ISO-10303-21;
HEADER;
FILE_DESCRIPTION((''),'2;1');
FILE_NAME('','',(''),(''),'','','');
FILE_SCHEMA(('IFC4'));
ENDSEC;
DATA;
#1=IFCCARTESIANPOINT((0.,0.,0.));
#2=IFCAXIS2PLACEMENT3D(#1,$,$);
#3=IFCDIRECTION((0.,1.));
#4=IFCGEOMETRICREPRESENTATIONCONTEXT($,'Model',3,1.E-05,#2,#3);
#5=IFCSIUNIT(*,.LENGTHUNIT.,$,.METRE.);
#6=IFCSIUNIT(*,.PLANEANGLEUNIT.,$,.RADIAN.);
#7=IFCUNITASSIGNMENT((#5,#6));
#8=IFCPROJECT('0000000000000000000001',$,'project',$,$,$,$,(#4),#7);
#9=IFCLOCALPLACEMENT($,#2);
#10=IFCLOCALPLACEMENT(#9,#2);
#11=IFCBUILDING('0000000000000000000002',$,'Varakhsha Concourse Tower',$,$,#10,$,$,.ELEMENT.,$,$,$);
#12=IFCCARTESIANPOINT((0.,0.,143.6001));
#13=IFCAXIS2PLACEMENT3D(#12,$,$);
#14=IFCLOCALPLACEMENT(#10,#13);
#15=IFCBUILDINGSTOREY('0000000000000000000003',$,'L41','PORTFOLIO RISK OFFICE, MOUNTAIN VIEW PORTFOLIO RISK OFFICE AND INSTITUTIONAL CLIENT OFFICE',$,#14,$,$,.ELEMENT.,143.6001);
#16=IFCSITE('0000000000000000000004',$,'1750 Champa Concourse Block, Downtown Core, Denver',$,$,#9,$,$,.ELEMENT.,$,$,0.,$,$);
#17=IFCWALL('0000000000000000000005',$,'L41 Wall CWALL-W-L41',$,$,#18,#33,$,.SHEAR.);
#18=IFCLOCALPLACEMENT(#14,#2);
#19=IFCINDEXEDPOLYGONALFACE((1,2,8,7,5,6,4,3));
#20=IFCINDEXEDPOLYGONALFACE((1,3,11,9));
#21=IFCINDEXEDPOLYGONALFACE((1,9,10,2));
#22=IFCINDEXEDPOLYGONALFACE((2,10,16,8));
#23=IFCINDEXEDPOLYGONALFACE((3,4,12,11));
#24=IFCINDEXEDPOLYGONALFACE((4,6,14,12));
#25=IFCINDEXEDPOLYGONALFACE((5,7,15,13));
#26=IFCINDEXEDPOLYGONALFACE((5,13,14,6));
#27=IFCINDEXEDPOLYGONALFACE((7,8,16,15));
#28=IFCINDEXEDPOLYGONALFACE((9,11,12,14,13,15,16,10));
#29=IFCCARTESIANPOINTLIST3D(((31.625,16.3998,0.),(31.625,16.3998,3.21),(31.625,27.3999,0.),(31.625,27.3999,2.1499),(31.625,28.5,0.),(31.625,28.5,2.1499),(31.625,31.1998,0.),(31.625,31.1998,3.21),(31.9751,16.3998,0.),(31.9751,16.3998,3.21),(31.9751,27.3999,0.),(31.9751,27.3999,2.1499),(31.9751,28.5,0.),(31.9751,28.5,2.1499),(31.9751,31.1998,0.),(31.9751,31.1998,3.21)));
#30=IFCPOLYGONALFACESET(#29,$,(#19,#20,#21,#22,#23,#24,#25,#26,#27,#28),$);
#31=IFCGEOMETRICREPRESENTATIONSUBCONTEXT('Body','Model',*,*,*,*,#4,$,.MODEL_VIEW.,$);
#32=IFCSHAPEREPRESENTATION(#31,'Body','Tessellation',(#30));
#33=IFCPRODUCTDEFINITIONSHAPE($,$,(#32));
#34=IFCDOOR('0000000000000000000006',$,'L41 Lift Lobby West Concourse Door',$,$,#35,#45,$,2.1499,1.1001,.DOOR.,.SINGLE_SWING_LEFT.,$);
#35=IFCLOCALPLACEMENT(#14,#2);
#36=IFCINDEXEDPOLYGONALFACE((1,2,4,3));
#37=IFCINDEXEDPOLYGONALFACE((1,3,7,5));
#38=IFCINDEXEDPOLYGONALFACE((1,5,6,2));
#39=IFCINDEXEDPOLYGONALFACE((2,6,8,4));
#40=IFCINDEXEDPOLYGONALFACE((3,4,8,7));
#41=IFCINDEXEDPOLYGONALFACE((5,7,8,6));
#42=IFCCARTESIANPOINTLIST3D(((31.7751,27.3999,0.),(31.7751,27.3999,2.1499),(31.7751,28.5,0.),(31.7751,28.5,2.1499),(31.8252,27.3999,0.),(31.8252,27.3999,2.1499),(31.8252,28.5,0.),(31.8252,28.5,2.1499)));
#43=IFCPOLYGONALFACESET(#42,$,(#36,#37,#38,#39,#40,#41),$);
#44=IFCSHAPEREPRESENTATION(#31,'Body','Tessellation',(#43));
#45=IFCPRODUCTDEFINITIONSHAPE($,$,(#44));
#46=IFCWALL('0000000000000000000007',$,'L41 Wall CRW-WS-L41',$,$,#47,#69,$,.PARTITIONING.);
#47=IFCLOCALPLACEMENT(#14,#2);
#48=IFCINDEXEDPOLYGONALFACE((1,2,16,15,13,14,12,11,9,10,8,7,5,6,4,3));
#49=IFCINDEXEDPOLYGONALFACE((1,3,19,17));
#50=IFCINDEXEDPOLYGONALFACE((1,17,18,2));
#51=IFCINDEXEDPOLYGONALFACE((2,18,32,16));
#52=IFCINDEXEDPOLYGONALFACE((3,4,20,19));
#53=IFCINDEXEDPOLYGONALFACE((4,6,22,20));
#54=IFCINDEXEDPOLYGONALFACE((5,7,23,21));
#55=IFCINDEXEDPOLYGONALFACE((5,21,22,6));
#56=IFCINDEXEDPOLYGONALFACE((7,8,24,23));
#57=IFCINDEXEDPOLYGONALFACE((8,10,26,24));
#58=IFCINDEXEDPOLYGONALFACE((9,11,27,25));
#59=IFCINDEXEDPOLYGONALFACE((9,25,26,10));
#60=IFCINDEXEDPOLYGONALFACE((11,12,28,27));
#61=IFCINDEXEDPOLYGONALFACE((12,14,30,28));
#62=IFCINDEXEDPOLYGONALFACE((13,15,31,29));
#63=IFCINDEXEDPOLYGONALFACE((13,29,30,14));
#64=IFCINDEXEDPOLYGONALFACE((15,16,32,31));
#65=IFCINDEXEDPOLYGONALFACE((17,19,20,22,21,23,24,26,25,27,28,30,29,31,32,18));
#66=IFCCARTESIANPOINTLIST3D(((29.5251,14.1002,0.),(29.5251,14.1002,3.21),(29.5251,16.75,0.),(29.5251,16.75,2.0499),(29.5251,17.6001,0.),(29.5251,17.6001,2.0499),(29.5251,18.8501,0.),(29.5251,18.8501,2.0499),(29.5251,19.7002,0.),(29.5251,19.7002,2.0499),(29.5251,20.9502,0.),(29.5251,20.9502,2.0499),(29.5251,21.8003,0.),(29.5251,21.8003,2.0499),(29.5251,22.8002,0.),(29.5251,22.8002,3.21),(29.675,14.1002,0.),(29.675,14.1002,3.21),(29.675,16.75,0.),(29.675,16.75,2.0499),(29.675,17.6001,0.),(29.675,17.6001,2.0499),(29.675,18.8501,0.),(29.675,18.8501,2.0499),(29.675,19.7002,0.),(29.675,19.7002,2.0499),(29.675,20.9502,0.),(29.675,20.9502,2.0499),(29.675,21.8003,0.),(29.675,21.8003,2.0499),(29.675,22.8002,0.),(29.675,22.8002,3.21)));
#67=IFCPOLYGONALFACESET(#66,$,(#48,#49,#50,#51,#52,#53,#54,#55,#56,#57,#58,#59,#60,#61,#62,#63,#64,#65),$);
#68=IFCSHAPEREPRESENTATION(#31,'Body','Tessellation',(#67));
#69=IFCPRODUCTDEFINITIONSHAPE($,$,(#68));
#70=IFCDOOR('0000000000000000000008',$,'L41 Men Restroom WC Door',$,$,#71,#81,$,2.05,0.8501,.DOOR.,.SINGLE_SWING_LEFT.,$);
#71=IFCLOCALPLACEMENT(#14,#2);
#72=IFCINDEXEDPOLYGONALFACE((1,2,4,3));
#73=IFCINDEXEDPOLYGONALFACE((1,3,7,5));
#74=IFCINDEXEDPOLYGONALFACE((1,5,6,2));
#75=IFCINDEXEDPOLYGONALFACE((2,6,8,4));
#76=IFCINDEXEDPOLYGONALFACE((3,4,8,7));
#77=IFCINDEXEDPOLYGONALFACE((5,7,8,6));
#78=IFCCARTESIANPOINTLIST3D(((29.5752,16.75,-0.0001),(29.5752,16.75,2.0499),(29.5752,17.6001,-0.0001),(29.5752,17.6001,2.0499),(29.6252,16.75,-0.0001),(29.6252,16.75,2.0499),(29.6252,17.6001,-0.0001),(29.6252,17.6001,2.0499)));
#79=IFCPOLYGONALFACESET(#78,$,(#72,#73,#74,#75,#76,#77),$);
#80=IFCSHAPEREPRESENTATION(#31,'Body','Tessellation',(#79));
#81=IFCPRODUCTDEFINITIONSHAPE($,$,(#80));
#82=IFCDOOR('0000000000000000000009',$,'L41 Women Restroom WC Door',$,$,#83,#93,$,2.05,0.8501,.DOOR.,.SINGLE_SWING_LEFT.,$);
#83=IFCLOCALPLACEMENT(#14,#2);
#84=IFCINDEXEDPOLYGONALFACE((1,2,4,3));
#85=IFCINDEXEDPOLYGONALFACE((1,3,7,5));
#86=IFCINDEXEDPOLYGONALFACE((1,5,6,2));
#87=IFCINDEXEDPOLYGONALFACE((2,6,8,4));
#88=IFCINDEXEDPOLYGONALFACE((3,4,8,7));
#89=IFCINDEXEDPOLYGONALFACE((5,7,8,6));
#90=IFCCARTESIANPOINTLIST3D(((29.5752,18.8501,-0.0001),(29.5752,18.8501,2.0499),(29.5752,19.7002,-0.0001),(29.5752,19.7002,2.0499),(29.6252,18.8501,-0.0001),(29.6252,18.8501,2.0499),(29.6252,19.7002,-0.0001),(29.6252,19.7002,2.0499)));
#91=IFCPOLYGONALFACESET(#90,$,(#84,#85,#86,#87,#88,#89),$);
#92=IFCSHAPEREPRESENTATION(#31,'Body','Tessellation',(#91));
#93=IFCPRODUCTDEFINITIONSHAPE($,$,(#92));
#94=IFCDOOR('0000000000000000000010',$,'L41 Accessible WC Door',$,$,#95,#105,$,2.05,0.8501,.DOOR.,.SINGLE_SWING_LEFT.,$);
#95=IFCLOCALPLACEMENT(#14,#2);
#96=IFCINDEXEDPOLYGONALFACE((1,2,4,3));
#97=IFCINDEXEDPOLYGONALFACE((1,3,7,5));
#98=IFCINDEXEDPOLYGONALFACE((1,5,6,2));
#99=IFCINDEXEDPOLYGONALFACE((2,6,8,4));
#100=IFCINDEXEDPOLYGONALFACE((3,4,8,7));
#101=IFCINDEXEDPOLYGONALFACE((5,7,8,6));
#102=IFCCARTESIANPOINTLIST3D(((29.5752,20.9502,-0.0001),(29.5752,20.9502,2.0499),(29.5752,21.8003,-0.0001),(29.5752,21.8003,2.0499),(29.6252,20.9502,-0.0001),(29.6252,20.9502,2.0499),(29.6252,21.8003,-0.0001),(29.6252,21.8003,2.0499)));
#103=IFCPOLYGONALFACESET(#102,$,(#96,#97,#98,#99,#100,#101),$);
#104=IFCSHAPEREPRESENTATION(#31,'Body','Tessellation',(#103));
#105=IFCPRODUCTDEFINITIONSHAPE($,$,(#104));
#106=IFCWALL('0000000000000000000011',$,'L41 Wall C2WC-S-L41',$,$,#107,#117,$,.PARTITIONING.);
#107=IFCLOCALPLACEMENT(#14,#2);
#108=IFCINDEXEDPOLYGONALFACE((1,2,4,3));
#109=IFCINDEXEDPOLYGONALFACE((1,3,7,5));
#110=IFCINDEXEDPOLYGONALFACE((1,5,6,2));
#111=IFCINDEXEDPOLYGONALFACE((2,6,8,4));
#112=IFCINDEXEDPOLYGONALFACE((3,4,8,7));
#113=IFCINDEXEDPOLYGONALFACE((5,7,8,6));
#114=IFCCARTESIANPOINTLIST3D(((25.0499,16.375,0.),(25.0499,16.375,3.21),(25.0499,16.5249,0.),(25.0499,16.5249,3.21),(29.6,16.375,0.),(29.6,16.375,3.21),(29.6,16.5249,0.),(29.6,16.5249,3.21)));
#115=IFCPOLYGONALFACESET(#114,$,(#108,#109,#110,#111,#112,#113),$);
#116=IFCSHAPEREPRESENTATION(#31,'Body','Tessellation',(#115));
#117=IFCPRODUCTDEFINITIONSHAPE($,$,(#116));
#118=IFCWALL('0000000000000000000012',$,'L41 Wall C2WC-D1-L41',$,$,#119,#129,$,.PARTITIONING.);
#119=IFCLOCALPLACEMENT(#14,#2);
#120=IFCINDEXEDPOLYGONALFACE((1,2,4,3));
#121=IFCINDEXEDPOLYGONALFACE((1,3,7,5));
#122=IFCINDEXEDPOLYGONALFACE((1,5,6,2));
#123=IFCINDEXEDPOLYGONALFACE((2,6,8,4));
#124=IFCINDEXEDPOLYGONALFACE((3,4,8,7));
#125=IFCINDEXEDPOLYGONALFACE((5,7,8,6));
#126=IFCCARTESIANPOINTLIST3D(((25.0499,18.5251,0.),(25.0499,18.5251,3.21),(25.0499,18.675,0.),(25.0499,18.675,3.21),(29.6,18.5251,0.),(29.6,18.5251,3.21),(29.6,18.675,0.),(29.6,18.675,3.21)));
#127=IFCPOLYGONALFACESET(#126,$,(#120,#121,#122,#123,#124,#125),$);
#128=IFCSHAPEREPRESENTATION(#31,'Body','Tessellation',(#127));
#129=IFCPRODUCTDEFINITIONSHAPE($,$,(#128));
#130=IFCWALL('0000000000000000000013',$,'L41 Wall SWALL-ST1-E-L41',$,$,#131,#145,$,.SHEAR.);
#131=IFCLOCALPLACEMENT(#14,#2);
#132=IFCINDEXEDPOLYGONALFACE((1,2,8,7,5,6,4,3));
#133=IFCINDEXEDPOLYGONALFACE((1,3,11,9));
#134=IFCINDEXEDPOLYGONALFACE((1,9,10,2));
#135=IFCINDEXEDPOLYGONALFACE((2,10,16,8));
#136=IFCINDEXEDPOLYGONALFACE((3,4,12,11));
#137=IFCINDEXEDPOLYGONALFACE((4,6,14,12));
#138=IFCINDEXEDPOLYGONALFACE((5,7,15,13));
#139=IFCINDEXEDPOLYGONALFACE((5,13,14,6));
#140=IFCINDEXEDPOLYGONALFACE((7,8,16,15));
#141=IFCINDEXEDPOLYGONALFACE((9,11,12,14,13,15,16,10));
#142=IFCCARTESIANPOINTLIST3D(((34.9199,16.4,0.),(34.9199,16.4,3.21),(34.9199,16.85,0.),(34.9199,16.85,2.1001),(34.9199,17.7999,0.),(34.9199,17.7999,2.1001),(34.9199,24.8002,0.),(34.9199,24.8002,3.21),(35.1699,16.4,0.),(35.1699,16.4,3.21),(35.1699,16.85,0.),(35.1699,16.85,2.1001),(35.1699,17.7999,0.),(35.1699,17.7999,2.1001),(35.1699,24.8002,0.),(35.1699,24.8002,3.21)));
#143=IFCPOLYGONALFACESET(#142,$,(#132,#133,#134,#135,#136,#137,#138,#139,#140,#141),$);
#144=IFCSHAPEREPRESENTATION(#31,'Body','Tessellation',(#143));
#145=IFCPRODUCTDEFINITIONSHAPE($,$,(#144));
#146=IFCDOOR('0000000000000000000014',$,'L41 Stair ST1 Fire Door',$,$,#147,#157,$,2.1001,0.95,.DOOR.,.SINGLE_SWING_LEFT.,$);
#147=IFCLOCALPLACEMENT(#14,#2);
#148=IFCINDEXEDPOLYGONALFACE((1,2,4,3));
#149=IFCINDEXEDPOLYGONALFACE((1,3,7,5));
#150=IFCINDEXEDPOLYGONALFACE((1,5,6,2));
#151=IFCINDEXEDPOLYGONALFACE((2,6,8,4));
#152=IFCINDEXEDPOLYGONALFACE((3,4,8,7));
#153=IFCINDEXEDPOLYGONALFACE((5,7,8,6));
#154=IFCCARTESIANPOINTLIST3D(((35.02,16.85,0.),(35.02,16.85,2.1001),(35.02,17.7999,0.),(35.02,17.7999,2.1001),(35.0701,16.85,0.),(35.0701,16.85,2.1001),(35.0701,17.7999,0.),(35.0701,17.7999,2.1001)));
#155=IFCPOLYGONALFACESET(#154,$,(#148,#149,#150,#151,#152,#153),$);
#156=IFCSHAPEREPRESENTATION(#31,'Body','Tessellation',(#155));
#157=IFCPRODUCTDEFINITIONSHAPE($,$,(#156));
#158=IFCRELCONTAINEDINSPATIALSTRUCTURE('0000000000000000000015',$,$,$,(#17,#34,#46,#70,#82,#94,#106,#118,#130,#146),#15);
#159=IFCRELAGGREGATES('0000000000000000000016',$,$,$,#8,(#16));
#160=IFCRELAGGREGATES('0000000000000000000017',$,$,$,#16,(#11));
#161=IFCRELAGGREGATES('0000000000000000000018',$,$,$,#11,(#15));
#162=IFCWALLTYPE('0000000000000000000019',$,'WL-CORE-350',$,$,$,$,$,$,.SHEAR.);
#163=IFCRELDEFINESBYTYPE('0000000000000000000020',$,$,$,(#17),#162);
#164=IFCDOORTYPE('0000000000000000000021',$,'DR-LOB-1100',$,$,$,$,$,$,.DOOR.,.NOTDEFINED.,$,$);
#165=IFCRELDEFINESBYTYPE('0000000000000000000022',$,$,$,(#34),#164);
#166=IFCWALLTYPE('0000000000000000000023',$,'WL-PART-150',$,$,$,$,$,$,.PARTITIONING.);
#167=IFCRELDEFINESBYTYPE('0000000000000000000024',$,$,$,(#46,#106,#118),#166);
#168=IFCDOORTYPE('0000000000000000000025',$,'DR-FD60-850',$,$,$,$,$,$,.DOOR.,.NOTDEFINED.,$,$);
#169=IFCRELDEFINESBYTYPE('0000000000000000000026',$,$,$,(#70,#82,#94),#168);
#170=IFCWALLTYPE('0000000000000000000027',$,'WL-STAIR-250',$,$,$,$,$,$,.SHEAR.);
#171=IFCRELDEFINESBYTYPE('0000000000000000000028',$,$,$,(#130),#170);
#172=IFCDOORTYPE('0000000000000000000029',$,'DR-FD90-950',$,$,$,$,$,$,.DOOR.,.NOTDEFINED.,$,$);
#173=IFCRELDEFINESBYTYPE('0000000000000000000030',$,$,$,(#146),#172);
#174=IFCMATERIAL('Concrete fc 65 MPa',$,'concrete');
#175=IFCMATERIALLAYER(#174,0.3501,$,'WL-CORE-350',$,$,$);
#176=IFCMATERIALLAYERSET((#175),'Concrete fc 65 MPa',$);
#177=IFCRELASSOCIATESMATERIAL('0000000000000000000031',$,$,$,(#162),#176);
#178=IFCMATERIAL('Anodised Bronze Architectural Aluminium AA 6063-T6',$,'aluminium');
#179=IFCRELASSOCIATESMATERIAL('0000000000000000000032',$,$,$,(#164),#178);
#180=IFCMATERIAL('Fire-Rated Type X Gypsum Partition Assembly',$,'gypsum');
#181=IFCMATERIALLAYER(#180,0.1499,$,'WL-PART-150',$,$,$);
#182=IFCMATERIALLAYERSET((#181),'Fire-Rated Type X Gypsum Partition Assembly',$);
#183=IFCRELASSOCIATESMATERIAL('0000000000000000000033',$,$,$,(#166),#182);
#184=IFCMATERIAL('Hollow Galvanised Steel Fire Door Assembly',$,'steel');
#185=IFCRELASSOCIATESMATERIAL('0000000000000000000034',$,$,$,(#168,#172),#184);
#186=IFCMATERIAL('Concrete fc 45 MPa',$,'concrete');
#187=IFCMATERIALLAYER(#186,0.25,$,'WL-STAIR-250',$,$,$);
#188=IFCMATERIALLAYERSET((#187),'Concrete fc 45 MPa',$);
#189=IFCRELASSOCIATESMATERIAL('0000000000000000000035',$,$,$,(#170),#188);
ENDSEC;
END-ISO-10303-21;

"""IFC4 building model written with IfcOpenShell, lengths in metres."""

from ifc_helpers import new_model, si_unit, direction, frame, frame_2d, origin, place, context, subcontext, project, spatial, rectangle, extrude, material, layer, layer_set, type_object, element, fill, save


model = new_model("IFC4")

# Units and contexts
model_context = context("Model", 3, precision=1e-05, world=origin(), true_north=direction((0.0, 1.0)))
body_context = subcontext(model_context, "Body", "Model", "MODEL_VIEW")
ifc_project = project(units=[si_unit("LENGTHUNIT", "METRE"), si_unit("PLANEANGLEUNIT", "RADIAN")], contexts=[model_context])

# Site, building, storey
site_placement = place(None, origin())
site = spatial("IfcSite", under=ifc_project, at=site_placement, Name="1750 Champa Concourse Block, Downtown Core, Denver", CompositionType="ELEMENT", RefElevation=0.0)
building_placement = place(site_placement, origin())
building = spatial("IfcBuilding", under=site, at=building_placement, Name="Varakhsha Concourse Tower", CompositionType="ELEMENT")
storey_placement = place(building_placement, frame((0.0, 0.0, 143.6001)))
storey = spatial("IfcBuildingStorey", under=building, at=storey_placement, Name="L41", Description="PORTFOLIO RISK OFFICE, MOUNTAIN VIEW PORTFOLIO RISK OFFICE AND INSTITUTIONAL CLIENT OFFICE", CompositionType="ELEMENT", Elevation=143.6001)

# Shared definitions
ifc_material_1 = material(Name="Concrete fc 65 MPa", Category="concrete")

# Shared definitions
ifc_layer_1 = layer(ifc_material_1, 0.3501, Name="WL-CORE-350")
ifc_layer_set_1 = layer_set([ifc_layer_1], Name="Concrete fc 65 MPa")
wall_type_1 = type_object("IfcWallType", Name="WL-CORE-350", PredefinedType="SHEAR", material=ifc_layer_set_1)
ifc_material_2 = material(Name="Hollow Galvanised Steel Fire Door Assembly", Category="steel")

# Wall, opening, door
wall_1_placement = place(storey_placement, frame((31.8, 16.3999, 0.0), z_axis=(0.0, 0.0, 1.0), x_axis=(0.0, 1.0, 0.0)))
wall_1 = element("IfcWall", 1, at=wall_1_placement, inside=storey, type_object=wall_type_1, Name="L41 Wall CWALL-W-L41", PredefinedType="SHEAR", context=body_context, shape_type="SweptSolid", body=[
    extrude(rectangle(XDim=14.8, YDim=0.3501, at=frame_2d((7.3999, 0.0))), origin(), (0.0, 0.0, 1.0), 3.21),
])
opening_1_placement = place(wall_1_placement, frame((11.0, 0.0, 0.0)))
opening_1 = element("IfcOpeningElement", 2, at=opening_1_placement, cuts=wall_1, PredefinedType="OPENING", context=body_context, shape_type="SweptSolid", body=[
    extrude(rectangle(XDim=1.1001, YDim=2.1499, at=frame_2d((0.55, 1.075))), frame((0.0, 0.1851, 0.0), z_axis=(0.0, -1.0, 0.0), x_axis=(1.0, 0.0, 0.0)), (0.0, 0.0, 1.0), 0.3701),
])
ifc_material_3 = material(Name="Anodised Bronze Architectural Aluminium AA 6063-T6", Category="aluminium")
door_type_1 = type_object("IfcDoorType", Name="DR-LOB-1100", OperationType="NOTDEFINED", PredefinedType="DOOR", material=ifc_material_3)
door_1_placement = place(opening_1_placement, origin())
door_1 = element("IfcDoor", 3, at=door_1_placement, inside=storey, type_object=door_type_1, Name="L41 Lift Lobby West Concourse Door", OperationType="SINGLE_SWING_LEFT", OverallHeight=2.1499, OverallWidth=1.1001, PredefinedType="DOOR", context=body_context, shape_type="SweptSolid", body=[
    extrude(rectangle(XDim=1.1001, YDim=2.1499, at=frame_2d((0.55, 1.075))), frame((0.0, 0.0249, 0.0), z_axis=(0.0, -1.0, 0.0), x_axis=(1.0, 0.0, 0.0)), (0.0, 0.0, 1.0), 0.05),
])
fill(opening_1, door_1)

# Wall, openings, doors
ifc_material_4 = material(Name="Fire-Rated Type X Gypsum Partition Assembly", Category="gypsum")
ifc_layer_2 = layer(ifc_material_4, 0.1499, Name="WL-PART-150")
ifc_layer_set_2 = layer_set([ifc_layer_2], Name="Fire-Rated Type X Gypsum Partition Assembly")
wall_type_2 = type_object("IfcWallType", Name="WL-PART-150", PredefinedType="PARTITIONING", material=ifc_layer_set_2)
wall_2_placement = place(storey_placement, frame((29.6001, 14.1001, 0.0), z_axis=(0.0, 0.0, 1.0), x_axis=(0.0, 1.0, 0.0)))
wall_2 = element("IfcWall", 4, at=wall_2_placement, inside=storey, type_object=wall_type_2, Name="L41 Wall CRW-WS-L41", PredefinedType="PARTITIONING", context=body_context, shape_type="SweptSolid", body=[
    extrude(rectangle(XDim=8.7, YDim=0.1499, at=frame_2d((4.3501, 0.0))), origin(), (0.0, 0.0, 1.0), 3.21),
])
opening_2_placement = place(wall_2_placement, frame((2.6499, 0.0, 0.0)))
opening_2 = element("IfcOpeningElement", 5, at=opening_2_placement, cuts=wall_2, PredefinedType="OPENING", context=body_context, shape_type="SweptSolid", body=[
    extrude(rectangle(XDim=0.8501, YDim=2.05, at=frame_2d((0.425, 1.0249))), frame((0.0, 0.085, 0.0), z_axis=(0.0, -1.0, 0.0), x_axis=(1.0, 0.0, 0.0)), (0.0, 0.0, 1.0), 0.1699),
])
opening_3_placement = place(wall_2_placement, frame((4.75, 0.0, 0.0)))
opening_3 = element("IfcOpeningElement", 6, at=opening_3_placement, cuts=wall_2, PredefinedType="OPENING", context=body_context, shape_type="SweptSolid", body=[
    extrude(rectangle(XDim=0.8501, YDim=2.05, at=frame_2d((0.425, 1.0249))), frame((0.0, 0.085, 0.0), z_axis=(0.0, -1.0, 0.0), x_axis=(1.0, 0.0, 0.0)), (0.0, 0.0, 1.0), 0.1699),
])
opening_4_placement = place(wall_2_placement, frame((6.8501, 0.0, 0.0)))
opening_4 = element("IfcOpeningElement", 7, at=opening_4_placement, cuts=wall_2, PredefinedType="OPENING", context=body_context, shape_type="SweptSolid", body=[
    extrude(rectangle(XDim=0.8501, YDim=2.05, at=frame_2d((0.425, 1.0249))), frame((0.0, 0.085, 0.0), z_axis=(0.0, -1.0, 0.0), x_axis=(1.0, 0.0, 0.0)), (0.0, 0.0, 1.0), 0.1699),
])
door_type_2 = type_object("IfcDoorType", Name="DR-FD60-850", OperationType="NOTDEFINED", PredefinedType="DOOR", material=ifc_material_2)
door_2_placement = place(opening_2_placement, origin())
door_2 = element("IfcDoor", 8, at=door_2_placement, inside=storey, type_object=door_type_2, Name="L41 Men Restroom WC Door", OperationType="SINGLE_SWING_LEFT", OverallHeight=2.05, OverallWidth=0.8501, PredefinedType="DOOR", context=body_context, shape_type="SweptSolid", body=[
    extrude(rectangle(XDim=0.8501, YDim=2.05, at=frame_2d((0.425, 1.0249))), frame((0.0, 0.0249, 0.0), z_axis=(0.0, -1.0, 0.0), x_axis=(1.0, 0.0, 0.0)), (0.0, 0.0, 1.0), 0.05),
])
fill(opening_2, door_2)
door_3_placement = place(opening_3_placement, origin())
door_3 = element("IfcDoor", 9, at=door_3_placement, inside=storey, type_object=door_type_2, Name="L41 Women Restroom WC Door", OperationType="SINGLE_SWING_LEFT", OverallHeight=2.05, OverallWidth=0.8501, PredefinedType="DOOR", context=body_context, shape_type="SweptSolid", body=[
    extrude(rectangle(XDim=0.8501, YDim=2.05, at=frame_2d((0.425, 1.0249))), frame((0.0, 0.0249, 0.0), z_axis=(0.0, -1.0, 0.0), x_axis=(1.0, 0.0, 0.0)), (0.0, 0.0, 1.0), 0.05),
])
fill(opening_3, door_3)
door_4_placement = place(opening_4_placement, origin())
door_4 = element("IfcDoor", 10, at=door_4_placement, inside=storey, type_object=door_type_2, Name="L41 Accessible WC Door", OperationType="SINGLE_SWING_LEFT", OverallHeight=2.05, OverallWidth=0.8501, PredefinedType="DOOR", context=body_context, shape_type="SweptSolid", body=[
    extrude(rectangle(XDim=0.8501, YDim=2.05, at=frame_2d((0.425, 1.0249))), frame((0.0, 0.0249, 0.0), z_axis=(0.0, -1.0, 0.0), x_axis=(1.0, 0.0, 0.0)), (0.0, 0.0, 1.0), 0.05),
])
fill(opening_4, door_4)

# Walls
for number, where, z_axis, x_axis, name in (
    (11, (25.05, 16.45, 0.0), (0.0, 0.0, 1.0), (1.0, 0.0, 0.0), "L41 Wall C2WC-S-L41"),
    (12, (25.05, 18.6001, 0.0), (0.0, 0.0, 1.0), (1.0, 0.0, 0.0), "L41 Wall C2WC-D1-L41"),
):
    element("IfcWall", number, at=place(storey_placement, frame(where, z_axis=z_axis, x_axis=x_axis)), inside=storey, type_object=wall_type_2, Name=name, PredefinedType="PARTITIONING", context=body_context, shape_type="SweptSolid", body=[
        extrude(rectangle(XDim=4.55, YDim=0.1499, at=frame_2d((2.2749, 0.0))), origin(), (0.0, 0.0, 1.0), 3.21),
    ])

# Wall, opening, door
ifc_material_5 = material(Name="Concrete fc 45 MPa", Category="concrete")
ifc_layer_3 = layer(ifc_material_5, 0.25, Name="WL-STAIR-250")
ifc_layer_set_3 = layer_set([ifc_layer_3], Name="Concrete fc 45 MPa")
wall_type_3 = type_object("IfcWallType", Name="WL-STAIR-250", PredefinedType="SHEAR", material=ifc_layer_set_3)
wall_3_placement = place(storey_placement, frame((35.0449, 16.3999, 0.0), z_axis=(0.0, 0.0, 1.0), x_axis=(0.0, 1.0, 0.0)))
wall_3 = element("IfcWall", 13, at=wall_3_placement, inside=storey, type_object=wall_type_3, Name="L41 Wall SWALL-ST1-E-L41", PredefinedType="SHEAR", context=body_context, shape_type="SweptSolid", body=[
    extrude(rectangle(XDim=8.4001, YDim=0.25, at=frame_2d((4.2002, 0.0))), origin(), (0.0, 0.0, 1.0), 3.21),
])
opening_5_placement = place(wall_3_placement, frame((0.45, 0.0, 0.0)))
opening_5 = element("IfcOpeningElement", 14, at=opening_5_placement, cuts=wall_3, PredefinedType="OPENING", context=body_context, shape_type="SweptSolid", body=[
    extrude(rectangle(XDim=0.95, YDim=2.1001, at=frame_2d((0.4751, 1.05))), frame((0.0, 0.135, 0.0), z_axis=(0.0, -1.0, 0.0), x_axis=(1.0, 0.0, 0.0)), (0.0, 0.0, 1.0), 0.27),
])
door_type_3 = type_object("IfcDoorType", Name="DR-FD90-950", OperationType="NOTDEFINED", PredefinedType="DOOR", material=ifc_material_2)
door_5_placement = place(opening_5_placement, origin())
door_5 = element("IfcDoor", 15, at=door_5_placement, inside=storey, type_object=door_type_3, Name="L41 Stair ST1 Fire Door", OperationType="SINGLE_SWING_LEFT", OverallHeight=2.1001, OverallWidth=0.95, PredefinedType="DOOR", context=body_context, shape_type="SweptSolid", body=[
    extrude(rectangle(XDim=0.95, YDim=2.1001, at=frame_2d((0.4751, 1.05))), frame((0.0, 0.0249, 0.0), z_axis=(0.0, -1.0, 0.0), x_axis=(1.0, 0.0, 0.0)), (0.0, 0.0, 1.0), 0.05),
])
fill(opening_5, door_5)

save(model, "model.ifc")
